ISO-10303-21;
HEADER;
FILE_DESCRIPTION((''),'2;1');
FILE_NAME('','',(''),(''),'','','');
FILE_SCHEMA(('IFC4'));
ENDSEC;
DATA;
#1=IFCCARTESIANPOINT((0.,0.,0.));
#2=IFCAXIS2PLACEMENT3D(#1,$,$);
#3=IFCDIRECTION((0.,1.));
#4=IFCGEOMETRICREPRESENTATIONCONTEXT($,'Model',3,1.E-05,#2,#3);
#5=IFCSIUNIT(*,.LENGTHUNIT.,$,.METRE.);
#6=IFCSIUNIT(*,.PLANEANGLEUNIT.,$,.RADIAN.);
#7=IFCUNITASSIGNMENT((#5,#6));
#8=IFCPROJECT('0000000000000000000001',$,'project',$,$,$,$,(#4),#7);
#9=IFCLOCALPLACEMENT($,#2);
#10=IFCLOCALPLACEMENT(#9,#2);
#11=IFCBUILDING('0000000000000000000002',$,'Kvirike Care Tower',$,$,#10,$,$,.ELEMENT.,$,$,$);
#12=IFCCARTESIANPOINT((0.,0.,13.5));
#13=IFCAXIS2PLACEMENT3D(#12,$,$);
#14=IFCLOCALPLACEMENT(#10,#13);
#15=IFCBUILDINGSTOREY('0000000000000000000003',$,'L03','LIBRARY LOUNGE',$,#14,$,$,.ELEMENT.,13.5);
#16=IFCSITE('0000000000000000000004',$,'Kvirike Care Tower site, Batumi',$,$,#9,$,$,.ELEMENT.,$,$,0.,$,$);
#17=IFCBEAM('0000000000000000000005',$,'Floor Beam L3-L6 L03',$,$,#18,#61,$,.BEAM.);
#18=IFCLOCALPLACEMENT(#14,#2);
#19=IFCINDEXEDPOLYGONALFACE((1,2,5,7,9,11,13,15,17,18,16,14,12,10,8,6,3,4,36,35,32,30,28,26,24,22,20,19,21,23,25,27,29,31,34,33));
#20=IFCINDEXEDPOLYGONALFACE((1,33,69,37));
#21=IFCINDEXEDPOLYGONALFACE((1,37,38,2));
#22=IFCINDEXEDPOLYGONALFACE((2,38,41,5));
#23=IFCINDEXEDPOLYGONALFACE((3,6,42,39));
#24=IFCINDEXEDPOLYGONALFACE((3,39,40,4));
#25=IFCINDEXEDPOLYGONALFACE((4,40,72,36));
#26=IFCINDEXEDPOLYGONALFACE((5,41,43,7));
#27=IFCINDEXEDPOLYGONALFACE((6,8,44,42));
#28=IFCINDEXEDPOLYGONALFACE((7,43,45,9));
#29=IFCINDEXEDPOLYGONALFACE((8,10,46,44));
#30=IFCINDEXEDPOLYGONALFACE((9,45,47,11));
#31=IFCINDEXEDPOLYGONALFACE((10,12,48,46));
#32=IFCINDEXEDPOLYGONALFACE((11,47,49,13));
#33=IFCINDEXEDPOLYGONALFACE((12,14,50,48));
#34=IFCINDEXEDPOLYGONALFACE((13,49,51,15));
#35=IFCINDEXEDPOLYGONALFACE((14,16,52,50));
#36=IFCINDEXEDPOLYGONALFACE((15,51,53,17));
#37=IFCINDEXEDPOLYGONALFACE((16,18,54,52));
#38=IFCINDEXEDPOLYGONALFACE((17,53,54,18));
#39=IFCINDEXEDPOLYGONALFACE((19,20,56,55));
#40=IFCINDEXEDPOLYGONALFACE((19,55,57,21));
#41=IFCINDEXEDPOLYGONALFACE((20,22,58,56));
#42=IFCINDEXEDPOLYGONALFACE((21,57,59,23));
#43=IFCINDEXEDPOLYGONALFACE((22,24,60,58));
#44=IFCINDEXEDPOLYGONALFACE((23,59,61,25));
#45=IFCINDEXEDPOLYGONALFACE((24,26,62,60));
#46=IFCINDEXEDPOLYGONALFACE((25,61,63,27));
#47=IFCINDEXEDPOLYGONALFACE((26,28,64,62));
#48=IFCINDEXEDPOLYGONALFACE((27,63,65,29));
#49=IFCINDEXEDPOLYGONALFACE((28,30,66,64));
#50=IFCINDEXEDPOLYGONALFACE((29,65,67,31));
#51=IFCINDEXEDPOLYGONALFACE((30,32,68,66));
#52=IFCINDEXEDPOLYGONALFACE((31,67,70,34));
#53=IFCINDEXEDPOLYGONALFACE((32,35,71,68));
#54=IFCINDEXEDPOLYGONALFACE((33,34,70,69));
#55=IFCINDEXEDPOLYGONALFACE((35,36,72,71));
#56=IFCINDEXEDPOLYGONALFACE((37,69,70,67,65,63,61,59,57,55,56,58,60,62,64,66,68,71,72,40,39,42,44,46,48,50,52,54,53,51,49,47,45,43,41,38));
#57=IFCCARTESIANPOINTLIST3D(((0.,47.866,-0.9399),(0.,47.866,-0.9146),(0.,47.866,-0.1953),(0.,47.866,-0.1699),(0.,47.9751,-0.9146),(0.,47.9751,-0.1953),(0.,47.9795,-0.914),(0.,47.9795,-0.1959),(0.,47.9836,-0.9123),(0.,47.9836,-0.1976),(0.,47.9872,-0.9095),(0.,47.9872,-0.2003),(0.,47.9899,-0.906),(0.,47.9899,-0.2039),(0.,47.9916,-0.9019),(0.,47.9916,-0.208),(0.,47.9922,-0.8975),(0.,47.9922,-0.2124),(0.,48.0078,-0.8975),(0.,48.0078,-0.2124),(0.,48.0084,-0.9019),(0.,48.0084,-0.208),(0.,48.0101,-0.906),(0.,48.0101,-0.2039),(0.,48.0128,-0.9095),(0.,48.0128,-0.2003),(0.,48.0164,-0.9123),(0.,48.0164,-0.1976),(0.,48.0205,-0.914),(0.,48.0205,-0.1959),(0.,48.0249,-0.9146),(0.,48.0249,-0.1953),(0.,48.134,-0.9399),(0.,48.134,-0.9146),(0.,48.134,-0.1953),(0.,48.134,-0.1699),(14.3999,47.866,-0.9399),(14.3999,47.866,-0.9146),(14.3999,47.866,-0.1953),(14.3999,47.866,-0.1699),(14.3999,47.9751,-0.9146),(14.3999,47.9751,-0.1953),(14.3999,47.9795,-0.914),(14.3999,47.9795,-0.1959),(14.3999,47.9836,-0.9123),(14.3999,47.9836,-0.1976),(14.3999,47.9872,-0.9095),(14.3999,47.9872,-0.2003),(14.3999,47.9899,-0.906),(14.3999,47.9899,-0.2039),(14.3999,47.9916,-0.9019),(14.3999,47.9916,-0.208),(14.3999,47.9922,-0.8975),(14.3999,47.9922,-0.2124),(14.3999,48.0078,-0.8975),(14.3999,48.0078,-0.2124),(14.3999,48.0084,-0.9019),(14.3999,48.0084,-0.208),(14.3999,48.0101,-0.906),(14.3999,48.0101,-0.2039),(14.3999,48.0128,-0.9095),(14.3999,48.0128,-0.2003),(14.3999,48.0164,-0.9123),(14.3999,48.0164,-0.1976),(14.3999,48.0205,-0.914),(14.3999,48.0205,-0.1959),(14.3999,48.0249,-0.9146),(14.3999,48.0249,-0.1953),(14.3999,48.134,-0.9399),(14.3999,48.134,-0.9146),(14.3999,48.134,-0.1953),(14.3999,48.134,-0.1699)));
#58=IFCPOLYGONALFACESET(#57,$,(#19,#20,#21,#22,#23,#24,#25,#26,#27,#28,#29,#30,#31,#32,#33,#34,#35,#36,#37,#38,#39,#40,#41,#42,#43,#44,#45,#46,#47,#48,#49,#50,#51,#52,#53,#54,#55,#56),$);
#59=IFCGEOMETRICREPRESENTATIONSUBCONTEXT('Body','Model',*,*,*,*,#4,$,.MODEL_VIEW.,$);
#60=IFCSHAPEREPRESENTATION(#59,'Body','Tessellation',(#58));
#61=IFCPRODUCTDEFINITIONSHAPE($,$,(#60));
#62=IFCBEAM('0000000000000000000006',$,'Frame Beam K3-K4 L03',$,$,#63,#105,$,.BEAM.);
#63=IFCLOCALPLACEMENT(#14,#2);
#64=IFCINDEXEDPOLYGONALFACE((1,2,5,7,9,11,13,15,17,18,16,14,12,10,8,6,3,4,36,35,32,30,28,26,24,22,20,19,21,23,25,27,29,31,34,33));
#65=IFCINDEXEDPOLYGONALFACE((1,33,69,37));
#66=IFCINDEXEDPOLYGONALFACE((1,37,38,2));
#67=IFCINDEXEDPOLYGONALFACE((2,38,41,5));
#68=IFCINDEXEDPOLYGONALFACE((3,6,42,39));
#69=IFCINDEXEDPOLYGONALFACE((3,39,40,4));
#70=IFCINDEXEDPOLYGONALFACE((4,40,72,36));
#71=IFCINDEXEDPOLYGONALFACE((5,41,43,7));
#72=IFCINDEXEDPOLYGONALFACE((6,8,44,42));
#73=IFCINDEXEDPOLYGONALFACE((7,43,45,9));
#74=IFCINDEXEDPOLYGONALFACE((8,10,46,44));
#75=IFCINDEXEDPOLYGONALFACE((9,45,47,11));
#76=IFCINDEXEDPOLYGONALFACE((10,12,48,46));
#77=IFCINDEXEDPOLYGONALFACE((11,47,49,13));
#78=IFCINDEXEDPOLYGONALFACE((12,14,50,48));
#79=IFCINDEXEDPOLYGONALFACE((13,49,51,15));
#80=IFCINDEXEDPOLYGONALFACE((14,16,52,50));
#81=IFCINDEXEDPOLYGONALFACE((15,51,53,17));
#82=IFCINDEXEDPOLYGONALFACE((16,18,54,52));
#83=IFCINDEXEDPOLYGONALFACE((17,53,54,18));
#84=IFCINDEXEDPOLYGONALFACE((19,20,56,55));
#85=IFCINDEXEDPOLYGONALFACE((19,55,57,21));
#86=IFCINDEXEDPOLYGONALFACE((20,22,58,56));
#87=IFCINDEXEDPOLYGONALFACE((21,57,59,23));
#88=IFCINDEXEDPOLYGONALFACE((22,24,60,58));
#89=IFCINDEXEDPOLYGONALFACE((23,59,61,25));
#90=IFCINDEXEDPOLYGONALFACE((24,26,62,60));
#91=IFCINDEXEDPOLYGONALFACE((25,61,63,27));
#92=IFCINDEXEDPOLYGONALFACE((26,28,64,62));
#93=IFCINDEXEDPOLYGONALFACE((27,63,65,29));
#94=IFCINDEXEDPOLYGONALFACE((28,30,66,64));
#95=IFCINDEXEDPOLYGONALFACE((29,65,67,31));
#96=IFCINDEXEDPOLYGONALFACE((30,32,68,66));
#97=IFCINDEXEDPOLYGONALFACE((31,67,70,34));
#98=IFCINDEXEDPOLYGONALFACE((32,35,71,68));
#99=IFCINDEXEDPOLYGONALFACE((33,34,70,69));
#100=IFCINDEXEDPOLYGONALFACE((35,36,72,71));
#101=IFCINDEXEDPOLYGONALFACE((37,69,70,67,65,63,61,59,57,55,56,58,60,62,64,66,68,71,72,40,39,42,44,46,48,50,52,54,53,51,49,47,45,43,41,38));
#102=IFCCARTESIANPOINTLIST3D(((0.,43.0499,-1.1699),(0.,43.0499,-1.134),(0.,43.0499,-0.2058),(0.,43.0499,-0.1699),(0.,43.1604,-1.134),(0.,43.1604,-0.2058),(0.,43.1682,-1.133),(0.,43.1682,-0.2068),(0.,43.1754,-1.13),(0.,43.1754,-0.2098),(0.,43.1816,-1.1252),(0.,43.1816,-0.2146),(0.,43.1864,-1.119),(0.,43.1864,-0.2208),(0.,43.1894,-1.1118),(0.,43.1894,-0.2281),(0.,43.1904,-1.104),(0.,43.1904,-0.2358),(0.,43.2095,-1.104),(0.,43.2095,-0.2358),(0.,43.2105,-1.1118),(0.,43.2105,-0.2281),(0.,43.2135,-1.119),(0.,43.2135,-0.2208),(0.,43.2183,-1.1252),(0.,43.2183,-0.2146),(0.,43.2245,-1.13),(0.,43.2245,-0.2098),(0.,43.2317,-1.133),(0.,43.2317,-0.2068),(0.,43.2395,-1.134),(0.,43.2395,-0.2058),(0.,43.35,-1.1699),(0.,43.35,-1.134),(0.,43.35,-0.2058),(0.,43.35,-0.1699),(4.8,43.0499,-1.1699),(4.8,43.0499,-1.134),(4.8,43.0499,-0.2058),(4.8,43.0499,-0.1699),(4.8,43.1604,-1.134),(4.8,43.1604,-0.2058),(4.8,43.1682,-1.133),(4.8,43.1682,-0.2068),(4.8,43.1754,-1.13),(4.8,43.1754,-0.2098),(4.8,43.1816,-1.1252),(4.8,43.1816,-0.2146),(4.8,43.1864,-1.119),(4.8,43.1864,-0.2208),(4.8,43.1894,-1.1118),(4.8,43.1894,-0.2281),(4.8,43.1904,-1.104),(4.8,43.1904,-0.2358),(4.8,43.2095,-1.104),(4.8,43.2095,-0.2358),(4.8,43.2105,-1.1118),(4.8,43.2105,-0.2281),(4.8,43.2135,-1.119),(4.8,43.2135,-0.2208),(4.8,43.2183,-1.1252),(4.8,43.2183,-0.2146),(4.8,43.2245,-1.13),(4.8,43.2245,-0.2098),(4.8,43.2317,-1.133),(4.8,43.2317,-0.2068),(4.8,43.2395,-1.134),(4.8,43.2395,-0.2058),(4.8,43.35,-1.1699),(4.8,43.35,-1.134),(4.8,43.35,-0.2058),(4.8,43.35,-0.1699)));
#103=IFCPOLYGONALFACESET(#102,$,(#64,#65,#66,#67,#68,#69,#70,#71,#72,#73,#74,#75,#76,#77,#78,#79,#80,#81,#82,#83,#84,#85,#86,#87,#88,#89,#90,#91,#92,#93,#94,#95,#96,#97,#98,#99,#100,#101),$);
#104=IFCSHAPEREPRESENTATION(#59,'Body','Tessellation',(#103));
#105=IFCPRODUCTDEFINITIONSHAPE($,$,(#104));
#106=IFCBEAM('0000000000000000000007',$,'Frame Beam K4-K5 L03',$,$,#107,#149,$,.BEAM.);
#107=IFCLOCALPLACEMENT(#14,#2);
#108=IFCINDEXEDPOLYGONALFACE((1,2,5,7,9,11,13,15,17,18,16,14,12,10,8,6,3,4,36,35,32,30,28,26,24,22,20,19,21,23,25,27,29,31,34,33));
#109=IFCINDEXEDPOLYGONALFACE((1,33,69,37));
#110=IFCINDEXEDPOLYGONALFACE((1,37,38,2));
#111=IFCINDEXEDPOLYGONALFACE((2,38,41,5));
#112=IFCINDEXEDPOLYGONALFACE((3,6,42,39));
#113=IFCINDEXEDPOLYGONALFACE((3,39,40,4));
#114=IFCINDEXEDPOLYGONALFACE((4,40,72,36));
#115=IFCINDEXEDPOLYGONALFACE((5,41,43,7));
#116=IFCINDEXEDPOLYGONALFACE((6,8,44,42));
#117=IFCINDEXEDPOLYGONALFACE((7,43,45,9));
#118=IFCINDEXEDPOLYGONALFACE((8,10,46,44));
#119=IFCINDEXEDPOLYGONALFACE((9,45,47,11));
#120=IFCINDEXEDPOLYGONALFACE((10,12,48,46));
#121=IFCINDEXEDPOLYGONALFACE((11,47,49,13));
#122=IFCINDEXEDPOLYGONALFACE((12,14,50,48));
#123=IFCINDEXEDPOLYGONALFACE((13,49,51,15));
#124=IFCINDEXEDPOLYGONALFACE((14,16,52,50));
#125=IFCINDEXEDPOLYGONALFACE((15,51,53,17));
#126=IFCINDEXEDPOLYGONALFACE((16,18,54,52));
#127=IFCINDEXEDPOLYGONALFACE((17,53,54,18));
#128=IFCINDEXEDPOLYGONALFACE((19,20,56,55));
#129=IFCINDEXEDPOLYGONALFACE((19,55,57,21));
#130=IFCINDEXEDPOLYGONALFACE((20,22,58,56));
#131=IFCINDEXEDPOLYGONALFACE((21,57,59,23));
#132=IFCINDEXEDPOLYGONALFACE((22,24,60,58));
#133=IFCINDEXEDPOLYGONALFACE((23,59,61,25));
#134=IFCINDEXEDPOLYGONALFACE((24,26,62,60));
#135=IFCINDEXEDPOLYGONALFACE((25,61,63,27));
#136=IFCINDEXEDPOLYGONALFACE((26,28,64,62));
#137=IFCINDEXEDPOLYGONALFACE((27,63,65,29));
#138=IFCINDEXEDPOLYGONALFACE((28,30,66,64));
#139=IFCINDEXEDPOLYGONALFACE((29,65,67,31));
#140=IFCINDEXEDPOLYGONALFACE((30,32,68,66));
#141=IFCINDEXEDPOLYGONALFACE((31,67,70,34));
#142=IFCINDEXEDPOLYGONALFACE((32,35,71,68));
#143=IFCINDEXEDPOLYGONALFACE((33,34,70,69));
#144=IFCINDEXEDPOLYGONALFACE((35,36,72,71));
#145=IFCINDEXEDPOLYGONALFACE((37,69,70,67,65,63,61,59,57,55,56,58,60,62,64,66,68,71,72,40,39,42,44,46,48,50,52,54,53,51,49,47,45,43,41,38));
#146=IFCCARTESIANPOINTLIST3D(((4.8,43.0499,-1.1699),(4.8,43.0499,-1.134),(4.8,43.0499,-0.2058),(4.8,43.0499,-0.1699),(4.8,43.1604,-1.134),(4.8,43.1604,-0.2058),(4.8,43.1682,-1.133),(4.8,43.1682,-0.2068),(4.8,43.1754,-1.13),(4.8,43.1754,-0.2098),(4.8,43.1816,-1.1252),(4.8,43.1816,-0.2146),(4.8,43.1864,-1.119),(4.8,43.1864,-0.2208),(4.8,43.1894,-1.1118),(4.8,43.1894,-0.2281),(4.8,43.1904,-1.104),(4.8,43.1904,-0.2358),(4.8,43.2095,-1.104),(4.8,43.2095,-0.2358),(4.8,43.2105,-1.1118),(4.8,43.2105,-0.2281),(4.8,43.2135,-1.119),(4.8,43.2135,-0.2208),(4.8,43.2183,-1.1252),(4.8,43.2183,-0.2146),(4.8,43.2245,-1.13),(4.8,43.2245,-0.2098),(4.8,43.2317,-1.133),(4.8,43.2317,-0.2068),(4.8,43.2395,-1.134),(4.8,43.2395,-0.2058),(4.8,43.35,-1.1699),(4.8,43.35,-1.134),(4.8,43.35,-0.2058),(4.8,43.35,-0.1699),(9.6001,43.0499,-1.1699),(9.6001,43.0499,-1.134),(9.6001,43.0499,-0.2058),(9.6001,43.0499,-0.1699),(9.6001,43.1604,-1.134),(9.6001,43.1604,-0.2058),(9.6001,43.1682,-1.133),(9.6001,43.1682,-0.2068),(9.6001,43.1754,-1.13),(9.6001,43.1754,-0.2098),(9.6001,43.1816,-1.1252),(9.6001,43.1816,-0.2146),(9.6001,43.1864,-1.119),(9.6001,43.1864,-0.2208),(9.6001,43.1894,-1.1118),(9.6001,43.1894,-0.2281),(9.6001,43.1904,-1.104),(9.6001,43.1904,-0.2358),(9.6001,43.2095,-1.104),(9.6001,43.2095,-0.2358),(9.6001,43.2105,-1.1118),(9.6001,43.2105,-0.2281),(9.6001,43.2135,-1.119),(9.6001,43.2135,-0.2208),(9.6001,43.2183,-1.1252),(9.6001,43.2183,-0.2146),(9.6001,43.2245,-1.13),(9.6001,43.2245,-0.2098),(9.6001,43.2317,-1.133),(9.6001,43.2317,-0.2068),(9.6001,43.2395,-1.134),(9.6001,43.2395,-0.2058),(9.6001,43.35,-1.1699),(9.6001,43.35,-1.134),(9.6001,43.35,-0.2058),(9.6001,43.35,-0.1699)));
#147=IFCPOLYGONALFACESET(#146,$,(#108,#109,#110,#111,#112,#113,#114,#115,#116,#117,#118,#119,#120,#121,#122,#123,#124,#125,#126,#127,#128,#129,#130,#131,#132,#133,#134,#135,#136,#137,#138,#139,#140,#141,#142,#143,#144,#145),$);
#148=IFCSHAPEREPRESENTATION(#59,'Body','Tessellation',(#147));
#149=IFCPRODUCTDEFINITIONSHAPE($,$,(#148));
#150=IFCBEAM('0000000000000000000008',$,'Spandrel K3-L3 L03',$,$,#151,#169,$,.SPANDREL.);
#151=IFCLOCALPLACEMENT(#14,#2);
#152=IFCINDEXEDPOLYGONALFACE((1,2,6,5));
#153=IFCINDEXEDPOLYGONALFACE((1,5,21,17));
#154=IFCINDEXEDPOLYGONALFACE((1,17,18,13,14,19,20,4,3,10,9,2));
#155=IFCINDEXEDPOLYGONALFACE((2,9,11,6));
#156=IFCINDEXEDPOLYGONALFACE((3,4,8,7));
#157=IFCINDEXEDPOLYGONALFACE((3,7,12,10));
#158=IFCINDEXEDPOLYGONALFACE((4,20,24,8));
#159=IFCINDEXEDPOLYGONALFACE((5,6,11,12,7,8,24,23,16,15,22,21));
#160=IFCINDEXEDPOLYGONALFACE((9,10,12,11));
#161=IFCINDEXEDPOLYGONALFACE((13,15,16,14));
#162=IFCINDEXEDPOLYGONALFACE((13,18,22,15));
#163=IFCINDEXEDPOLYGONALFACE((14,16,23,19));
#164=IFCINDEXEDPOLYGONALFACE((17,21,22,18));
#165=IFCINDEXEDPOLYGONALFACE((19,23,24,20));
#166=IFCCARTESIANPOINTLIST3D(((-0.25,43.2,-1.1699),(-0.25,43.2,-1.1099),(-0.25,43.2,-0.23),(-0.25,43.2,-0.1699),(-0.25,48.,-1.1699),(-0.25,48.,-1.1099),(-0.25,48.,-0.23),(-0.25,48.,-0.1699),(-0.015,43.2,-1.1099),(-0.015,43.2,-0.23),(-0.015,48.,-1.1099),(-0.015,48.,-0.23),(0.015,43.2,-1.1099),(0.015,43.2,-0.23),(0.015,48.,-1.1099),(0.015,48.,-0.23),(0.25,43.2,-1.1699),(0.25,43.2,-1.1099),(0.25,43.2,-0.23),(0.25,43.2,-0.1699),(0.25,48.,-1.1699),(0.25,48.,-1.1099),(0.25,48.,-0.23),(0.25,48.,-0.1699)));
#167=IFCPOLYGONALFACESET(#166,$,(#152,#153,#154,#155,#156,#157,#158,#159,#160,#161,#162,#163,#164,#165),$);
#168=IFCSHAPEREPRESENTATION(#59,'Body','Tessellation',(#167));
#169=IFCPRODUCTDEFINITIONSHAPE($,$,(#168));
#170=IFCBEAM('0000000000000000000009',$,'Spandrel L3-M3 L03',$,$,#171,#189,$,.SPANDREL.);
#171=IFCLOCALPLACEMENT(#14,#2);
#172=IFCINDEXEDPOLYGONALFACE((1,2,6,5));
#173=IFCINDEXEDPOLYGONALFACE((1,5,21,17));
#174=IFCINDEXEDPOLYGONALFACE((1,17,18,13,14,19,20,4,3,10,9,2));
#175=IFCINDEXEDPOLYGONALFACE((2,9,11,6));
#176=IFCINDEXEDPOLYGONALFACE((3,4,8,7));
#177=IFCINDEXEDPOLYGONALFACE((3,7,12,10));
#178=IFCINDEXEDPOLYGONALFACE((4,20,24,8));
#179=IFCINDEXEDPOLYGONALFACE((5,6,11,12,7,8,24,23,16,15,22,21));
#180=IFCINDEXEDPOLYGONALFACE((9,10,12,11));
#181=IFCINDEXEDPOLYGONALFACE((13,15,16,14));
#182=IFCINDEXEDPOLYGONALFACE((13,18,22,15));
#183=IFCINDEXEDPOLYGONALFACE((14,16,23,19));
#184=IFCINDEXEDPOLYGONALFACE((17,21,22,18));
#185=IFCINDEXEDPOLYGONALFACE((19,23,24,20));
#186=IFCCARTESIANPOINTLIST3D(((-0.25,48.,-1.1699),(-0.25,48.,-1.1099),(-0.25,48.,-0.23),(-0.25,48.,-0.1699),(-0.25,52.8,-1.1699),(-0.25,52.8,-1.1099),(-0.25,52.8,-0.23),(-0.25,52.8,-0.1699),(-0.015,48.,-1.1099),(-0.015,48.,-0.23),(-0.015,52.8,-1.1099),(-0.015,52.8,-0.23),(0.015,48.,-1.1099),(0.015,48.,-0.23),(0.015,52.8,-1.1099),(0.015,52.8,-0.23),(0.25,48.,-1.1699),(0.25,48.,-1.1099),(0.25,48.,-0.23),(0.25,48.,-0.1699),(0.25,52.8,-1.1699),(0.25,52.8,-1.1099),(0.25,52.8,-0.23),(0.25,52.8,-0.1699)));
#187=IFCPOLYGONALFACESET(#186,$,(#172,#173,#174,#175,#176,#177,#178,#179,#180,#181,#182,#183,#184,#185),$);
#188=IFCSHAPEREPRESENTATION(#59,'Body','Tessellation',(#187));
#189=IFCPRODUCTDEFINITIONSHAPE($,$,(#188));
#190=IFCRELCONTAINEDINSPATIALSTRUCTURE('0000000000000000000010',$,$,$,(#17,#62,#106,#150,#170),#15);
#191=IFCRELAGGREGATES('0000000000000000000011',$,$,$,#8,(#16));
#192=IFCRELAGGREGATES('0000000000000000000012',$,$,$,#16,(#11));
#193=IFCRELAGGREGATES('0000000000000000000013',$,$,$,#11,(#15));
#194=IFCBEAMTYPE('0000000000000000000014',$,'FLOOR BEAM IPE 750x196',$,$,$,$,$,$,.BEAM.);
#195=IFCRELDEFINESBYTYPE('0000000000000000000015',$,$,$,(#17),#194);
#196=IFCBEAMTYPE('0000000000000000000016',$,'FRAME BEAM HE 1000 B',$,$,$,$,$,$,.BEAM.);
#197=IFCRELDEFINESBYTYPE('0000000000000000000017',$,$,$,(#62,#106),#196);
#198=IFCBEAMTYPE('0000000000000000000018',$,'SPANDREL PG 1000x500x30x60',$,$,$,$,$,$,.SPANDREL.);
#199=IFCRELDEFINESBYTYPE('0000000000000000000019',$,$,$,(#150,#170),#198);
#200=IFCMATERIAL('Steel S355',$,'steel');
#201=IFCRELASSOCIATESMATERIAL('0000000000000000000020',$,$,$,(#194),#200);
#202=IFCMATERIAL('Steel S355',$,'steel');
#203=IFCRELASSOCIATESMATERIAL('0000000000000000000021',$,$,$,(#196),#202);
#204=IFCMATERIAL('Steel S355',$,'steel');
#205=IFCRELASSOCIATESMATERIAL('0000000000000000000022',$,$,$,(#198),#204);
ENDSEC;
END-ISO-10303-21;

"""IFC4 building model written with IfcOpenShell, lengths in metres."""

from ifc_helpers import new_model, si_unit, direction, frame, origin, origin_2d, place, context, subcontext, project, spatial, i_section, extrude, material, material_profile, profile_set, type_object, element, save


model = new_model("IFC4")

# Units and contexts
model_context = context("Model", 3, precision=1e-05, world=origin(), true_north=direction((0.0, 1.0)))
body_context = subcontext(model_context, "Body", "Model", "MODEL_VIEW")
ifc_project = project(units=[si_unit("LENGTHUNIT", "METRE"), si_unit("PLANEANGLEUNIT", "RADIAN")], contexts=[model_context])

# Site, building, storey
site_placement = place(None, origin())
site = spatial("IfcSite", under=ifc_project, at=site_placement, Name="Kvirike Care Tower site, Batumi", CompositionType="ELEMENT", RefElevation=0.0)
building_placement = place(site_placement, origin())
building = spatial("IfcBuilding", under=site, at=building_placement, Name="Kvirike Care Tower", CompositionType="ELEMENT")
storey_placement = place(building_placement, frame((0.0, 0.0, 13.5)))
storey = spatial("IfcBuildingStorey", under=building, at=storey_placement, Name="L03", Description="LIBRARY LOUNGE", CompositionType="ELEMENT", Elevation=13.5)

# Beams
ifc_material_1 = material(Name="Steel S355", Category="steel")
ifc_material_profile_1 = material_profile(ifc_material_1, i_section(OverallWidth=0.2681, OverallDepth=0.77, WebThickness=0.0156, FlangeThickness=0.0254, FilletRadius=0.0171, at=origin_2d()), Name="IPE 750x196")
ifc_profile_set_1 = profile_set([ifc_material_profile_1], Name="Steel S355")
beam_type_1 = type_object("IfcBeamType", Name="FLOOR BEAM IPE 750x196", PredefinedType="BEAM", material=ifc_profile_set_1)
beam_placement = place(storey_placement, frame((0.0, 48.0, -0.5549), z_axis=(1.0, 0.0, 0.0), x_axis=(0.0, 1.0, 0.0)))
element("IfcBeam", 1, at=beam_placement, inside=storey, type_object=beam_type_1, Name="Floor Beam L3-L6 L03", PredefinedType="BEAM", context=body_context, shape_type="SweptSolid", body=[
    extrude(i_section(OverallWidth=0.2681, OverallDepth=0.77, WebThickness=0.0156, FlangeThickness=0.0254, FilletRadius=0.0171, at=origin_2d()), origin(), (0.0, 0.0, 1.0), 14.3999),
])
ifc_material_2 = material(Name="Steel S355", Category="steel")
ifc_material_profile_2 = material_profile(ifc_material_2, i_section(OverallWidth=0.3, OverallDepth=1.0, WebThickness=0.019, FlangeThickness=0.0359, FilletRadius=0.03, at=origin_2d()), Name="HE 1000 B")
ifc_profile_set_2 = profile_set([ifc_material_profile_2], Name="Steel S355")
beam_type_2 = type_object("IfcBeamType", Name="FRAME BEAM HE 1000 B", PredefinedType="BEAM", material=ifc_profile_set_2)
for number, where, z_axis, x_axis, name in (
    (2, (0.0, 43.2, -0.6699), (1.0, 0.0, 0.0), (0.0, 1.0, 0.0), "Frame Beam K3-K4 L03"),
    (3, (4.8, 43.2, -0.6699), (1.0, 0.0, 0.0), (0.0, 1.0, 0.0), "Frame Beam K4-K5 L03"),
):
    element("IfcBeam", number, at=place(storey_placement, frame(where, z_axis=z_axis, x_axis=x_axis)), inside=storey, type_object=beam_type_2, Name=name, PredefinedType="BEAM", context=body_context, shape_type="SweptSolid", body=[
        extrude(i_section(OverallWidth=0.3, OverallDepth=1.0, WebThickness=0.019, FlangeThickness=0.0359, FilletRadius=0.03, at=origin_2d()), origin(), (0.0, 0.0, 1.0), 4.8),
    ])
ifc_material_3 = material(Name="Steel S355", Category="steel")
ifc_material_profile_3 = material_profile(ifc_material_3, i_section(OverallWidth=0.5, OverallDepth=1.0, WebThickness=0.03, FlangeThickness=0.0601, at=origin_2d()), Name="PG 1000x500x30x60")
ifc_profile_set_3 = profile_set([ifc_material_profile_3], Name="Steel S355")
beam_type_3 = type_object("IfcBeamType", Name="SPANDREL PG 1000x500x30x60", PredefinedType="SPANDREL", material=ifc_profile_set_3)
for number, where, z_axis, x_axis, name in (
    (4, (0.0, 43.2, -0.6699), (0.0, 1.0, 0.0), (-1.0, 0.0, 0.0), "Spandrel K3-L3 L03"),
    (5, (0.0, 48.0, -0.6699), (0.0, 1.0, 0.0), (-1.0, 0.0, 0.0), "Spandrel L3-M3 L03"),
):
    element("IfcBeam", number, at=place(storey_placement, frame(where, z_axis=z_axis, x_axis=x_axis)), inside=storey, type_object=beam_type_3, Name=name, PredefinedType="SPANDREL", context=body_context, shape_type="SweptSolid", body=[
        extrude(i_section(OverallWidth=0.5, OverallDepth=1.0, WebThickness=0.03, FlangeThickness=0.0601, at=origin_2d()), origin(), (0.0, 0.0, 1.0), 4.8),
    ])

save(model, "model.ifc")
